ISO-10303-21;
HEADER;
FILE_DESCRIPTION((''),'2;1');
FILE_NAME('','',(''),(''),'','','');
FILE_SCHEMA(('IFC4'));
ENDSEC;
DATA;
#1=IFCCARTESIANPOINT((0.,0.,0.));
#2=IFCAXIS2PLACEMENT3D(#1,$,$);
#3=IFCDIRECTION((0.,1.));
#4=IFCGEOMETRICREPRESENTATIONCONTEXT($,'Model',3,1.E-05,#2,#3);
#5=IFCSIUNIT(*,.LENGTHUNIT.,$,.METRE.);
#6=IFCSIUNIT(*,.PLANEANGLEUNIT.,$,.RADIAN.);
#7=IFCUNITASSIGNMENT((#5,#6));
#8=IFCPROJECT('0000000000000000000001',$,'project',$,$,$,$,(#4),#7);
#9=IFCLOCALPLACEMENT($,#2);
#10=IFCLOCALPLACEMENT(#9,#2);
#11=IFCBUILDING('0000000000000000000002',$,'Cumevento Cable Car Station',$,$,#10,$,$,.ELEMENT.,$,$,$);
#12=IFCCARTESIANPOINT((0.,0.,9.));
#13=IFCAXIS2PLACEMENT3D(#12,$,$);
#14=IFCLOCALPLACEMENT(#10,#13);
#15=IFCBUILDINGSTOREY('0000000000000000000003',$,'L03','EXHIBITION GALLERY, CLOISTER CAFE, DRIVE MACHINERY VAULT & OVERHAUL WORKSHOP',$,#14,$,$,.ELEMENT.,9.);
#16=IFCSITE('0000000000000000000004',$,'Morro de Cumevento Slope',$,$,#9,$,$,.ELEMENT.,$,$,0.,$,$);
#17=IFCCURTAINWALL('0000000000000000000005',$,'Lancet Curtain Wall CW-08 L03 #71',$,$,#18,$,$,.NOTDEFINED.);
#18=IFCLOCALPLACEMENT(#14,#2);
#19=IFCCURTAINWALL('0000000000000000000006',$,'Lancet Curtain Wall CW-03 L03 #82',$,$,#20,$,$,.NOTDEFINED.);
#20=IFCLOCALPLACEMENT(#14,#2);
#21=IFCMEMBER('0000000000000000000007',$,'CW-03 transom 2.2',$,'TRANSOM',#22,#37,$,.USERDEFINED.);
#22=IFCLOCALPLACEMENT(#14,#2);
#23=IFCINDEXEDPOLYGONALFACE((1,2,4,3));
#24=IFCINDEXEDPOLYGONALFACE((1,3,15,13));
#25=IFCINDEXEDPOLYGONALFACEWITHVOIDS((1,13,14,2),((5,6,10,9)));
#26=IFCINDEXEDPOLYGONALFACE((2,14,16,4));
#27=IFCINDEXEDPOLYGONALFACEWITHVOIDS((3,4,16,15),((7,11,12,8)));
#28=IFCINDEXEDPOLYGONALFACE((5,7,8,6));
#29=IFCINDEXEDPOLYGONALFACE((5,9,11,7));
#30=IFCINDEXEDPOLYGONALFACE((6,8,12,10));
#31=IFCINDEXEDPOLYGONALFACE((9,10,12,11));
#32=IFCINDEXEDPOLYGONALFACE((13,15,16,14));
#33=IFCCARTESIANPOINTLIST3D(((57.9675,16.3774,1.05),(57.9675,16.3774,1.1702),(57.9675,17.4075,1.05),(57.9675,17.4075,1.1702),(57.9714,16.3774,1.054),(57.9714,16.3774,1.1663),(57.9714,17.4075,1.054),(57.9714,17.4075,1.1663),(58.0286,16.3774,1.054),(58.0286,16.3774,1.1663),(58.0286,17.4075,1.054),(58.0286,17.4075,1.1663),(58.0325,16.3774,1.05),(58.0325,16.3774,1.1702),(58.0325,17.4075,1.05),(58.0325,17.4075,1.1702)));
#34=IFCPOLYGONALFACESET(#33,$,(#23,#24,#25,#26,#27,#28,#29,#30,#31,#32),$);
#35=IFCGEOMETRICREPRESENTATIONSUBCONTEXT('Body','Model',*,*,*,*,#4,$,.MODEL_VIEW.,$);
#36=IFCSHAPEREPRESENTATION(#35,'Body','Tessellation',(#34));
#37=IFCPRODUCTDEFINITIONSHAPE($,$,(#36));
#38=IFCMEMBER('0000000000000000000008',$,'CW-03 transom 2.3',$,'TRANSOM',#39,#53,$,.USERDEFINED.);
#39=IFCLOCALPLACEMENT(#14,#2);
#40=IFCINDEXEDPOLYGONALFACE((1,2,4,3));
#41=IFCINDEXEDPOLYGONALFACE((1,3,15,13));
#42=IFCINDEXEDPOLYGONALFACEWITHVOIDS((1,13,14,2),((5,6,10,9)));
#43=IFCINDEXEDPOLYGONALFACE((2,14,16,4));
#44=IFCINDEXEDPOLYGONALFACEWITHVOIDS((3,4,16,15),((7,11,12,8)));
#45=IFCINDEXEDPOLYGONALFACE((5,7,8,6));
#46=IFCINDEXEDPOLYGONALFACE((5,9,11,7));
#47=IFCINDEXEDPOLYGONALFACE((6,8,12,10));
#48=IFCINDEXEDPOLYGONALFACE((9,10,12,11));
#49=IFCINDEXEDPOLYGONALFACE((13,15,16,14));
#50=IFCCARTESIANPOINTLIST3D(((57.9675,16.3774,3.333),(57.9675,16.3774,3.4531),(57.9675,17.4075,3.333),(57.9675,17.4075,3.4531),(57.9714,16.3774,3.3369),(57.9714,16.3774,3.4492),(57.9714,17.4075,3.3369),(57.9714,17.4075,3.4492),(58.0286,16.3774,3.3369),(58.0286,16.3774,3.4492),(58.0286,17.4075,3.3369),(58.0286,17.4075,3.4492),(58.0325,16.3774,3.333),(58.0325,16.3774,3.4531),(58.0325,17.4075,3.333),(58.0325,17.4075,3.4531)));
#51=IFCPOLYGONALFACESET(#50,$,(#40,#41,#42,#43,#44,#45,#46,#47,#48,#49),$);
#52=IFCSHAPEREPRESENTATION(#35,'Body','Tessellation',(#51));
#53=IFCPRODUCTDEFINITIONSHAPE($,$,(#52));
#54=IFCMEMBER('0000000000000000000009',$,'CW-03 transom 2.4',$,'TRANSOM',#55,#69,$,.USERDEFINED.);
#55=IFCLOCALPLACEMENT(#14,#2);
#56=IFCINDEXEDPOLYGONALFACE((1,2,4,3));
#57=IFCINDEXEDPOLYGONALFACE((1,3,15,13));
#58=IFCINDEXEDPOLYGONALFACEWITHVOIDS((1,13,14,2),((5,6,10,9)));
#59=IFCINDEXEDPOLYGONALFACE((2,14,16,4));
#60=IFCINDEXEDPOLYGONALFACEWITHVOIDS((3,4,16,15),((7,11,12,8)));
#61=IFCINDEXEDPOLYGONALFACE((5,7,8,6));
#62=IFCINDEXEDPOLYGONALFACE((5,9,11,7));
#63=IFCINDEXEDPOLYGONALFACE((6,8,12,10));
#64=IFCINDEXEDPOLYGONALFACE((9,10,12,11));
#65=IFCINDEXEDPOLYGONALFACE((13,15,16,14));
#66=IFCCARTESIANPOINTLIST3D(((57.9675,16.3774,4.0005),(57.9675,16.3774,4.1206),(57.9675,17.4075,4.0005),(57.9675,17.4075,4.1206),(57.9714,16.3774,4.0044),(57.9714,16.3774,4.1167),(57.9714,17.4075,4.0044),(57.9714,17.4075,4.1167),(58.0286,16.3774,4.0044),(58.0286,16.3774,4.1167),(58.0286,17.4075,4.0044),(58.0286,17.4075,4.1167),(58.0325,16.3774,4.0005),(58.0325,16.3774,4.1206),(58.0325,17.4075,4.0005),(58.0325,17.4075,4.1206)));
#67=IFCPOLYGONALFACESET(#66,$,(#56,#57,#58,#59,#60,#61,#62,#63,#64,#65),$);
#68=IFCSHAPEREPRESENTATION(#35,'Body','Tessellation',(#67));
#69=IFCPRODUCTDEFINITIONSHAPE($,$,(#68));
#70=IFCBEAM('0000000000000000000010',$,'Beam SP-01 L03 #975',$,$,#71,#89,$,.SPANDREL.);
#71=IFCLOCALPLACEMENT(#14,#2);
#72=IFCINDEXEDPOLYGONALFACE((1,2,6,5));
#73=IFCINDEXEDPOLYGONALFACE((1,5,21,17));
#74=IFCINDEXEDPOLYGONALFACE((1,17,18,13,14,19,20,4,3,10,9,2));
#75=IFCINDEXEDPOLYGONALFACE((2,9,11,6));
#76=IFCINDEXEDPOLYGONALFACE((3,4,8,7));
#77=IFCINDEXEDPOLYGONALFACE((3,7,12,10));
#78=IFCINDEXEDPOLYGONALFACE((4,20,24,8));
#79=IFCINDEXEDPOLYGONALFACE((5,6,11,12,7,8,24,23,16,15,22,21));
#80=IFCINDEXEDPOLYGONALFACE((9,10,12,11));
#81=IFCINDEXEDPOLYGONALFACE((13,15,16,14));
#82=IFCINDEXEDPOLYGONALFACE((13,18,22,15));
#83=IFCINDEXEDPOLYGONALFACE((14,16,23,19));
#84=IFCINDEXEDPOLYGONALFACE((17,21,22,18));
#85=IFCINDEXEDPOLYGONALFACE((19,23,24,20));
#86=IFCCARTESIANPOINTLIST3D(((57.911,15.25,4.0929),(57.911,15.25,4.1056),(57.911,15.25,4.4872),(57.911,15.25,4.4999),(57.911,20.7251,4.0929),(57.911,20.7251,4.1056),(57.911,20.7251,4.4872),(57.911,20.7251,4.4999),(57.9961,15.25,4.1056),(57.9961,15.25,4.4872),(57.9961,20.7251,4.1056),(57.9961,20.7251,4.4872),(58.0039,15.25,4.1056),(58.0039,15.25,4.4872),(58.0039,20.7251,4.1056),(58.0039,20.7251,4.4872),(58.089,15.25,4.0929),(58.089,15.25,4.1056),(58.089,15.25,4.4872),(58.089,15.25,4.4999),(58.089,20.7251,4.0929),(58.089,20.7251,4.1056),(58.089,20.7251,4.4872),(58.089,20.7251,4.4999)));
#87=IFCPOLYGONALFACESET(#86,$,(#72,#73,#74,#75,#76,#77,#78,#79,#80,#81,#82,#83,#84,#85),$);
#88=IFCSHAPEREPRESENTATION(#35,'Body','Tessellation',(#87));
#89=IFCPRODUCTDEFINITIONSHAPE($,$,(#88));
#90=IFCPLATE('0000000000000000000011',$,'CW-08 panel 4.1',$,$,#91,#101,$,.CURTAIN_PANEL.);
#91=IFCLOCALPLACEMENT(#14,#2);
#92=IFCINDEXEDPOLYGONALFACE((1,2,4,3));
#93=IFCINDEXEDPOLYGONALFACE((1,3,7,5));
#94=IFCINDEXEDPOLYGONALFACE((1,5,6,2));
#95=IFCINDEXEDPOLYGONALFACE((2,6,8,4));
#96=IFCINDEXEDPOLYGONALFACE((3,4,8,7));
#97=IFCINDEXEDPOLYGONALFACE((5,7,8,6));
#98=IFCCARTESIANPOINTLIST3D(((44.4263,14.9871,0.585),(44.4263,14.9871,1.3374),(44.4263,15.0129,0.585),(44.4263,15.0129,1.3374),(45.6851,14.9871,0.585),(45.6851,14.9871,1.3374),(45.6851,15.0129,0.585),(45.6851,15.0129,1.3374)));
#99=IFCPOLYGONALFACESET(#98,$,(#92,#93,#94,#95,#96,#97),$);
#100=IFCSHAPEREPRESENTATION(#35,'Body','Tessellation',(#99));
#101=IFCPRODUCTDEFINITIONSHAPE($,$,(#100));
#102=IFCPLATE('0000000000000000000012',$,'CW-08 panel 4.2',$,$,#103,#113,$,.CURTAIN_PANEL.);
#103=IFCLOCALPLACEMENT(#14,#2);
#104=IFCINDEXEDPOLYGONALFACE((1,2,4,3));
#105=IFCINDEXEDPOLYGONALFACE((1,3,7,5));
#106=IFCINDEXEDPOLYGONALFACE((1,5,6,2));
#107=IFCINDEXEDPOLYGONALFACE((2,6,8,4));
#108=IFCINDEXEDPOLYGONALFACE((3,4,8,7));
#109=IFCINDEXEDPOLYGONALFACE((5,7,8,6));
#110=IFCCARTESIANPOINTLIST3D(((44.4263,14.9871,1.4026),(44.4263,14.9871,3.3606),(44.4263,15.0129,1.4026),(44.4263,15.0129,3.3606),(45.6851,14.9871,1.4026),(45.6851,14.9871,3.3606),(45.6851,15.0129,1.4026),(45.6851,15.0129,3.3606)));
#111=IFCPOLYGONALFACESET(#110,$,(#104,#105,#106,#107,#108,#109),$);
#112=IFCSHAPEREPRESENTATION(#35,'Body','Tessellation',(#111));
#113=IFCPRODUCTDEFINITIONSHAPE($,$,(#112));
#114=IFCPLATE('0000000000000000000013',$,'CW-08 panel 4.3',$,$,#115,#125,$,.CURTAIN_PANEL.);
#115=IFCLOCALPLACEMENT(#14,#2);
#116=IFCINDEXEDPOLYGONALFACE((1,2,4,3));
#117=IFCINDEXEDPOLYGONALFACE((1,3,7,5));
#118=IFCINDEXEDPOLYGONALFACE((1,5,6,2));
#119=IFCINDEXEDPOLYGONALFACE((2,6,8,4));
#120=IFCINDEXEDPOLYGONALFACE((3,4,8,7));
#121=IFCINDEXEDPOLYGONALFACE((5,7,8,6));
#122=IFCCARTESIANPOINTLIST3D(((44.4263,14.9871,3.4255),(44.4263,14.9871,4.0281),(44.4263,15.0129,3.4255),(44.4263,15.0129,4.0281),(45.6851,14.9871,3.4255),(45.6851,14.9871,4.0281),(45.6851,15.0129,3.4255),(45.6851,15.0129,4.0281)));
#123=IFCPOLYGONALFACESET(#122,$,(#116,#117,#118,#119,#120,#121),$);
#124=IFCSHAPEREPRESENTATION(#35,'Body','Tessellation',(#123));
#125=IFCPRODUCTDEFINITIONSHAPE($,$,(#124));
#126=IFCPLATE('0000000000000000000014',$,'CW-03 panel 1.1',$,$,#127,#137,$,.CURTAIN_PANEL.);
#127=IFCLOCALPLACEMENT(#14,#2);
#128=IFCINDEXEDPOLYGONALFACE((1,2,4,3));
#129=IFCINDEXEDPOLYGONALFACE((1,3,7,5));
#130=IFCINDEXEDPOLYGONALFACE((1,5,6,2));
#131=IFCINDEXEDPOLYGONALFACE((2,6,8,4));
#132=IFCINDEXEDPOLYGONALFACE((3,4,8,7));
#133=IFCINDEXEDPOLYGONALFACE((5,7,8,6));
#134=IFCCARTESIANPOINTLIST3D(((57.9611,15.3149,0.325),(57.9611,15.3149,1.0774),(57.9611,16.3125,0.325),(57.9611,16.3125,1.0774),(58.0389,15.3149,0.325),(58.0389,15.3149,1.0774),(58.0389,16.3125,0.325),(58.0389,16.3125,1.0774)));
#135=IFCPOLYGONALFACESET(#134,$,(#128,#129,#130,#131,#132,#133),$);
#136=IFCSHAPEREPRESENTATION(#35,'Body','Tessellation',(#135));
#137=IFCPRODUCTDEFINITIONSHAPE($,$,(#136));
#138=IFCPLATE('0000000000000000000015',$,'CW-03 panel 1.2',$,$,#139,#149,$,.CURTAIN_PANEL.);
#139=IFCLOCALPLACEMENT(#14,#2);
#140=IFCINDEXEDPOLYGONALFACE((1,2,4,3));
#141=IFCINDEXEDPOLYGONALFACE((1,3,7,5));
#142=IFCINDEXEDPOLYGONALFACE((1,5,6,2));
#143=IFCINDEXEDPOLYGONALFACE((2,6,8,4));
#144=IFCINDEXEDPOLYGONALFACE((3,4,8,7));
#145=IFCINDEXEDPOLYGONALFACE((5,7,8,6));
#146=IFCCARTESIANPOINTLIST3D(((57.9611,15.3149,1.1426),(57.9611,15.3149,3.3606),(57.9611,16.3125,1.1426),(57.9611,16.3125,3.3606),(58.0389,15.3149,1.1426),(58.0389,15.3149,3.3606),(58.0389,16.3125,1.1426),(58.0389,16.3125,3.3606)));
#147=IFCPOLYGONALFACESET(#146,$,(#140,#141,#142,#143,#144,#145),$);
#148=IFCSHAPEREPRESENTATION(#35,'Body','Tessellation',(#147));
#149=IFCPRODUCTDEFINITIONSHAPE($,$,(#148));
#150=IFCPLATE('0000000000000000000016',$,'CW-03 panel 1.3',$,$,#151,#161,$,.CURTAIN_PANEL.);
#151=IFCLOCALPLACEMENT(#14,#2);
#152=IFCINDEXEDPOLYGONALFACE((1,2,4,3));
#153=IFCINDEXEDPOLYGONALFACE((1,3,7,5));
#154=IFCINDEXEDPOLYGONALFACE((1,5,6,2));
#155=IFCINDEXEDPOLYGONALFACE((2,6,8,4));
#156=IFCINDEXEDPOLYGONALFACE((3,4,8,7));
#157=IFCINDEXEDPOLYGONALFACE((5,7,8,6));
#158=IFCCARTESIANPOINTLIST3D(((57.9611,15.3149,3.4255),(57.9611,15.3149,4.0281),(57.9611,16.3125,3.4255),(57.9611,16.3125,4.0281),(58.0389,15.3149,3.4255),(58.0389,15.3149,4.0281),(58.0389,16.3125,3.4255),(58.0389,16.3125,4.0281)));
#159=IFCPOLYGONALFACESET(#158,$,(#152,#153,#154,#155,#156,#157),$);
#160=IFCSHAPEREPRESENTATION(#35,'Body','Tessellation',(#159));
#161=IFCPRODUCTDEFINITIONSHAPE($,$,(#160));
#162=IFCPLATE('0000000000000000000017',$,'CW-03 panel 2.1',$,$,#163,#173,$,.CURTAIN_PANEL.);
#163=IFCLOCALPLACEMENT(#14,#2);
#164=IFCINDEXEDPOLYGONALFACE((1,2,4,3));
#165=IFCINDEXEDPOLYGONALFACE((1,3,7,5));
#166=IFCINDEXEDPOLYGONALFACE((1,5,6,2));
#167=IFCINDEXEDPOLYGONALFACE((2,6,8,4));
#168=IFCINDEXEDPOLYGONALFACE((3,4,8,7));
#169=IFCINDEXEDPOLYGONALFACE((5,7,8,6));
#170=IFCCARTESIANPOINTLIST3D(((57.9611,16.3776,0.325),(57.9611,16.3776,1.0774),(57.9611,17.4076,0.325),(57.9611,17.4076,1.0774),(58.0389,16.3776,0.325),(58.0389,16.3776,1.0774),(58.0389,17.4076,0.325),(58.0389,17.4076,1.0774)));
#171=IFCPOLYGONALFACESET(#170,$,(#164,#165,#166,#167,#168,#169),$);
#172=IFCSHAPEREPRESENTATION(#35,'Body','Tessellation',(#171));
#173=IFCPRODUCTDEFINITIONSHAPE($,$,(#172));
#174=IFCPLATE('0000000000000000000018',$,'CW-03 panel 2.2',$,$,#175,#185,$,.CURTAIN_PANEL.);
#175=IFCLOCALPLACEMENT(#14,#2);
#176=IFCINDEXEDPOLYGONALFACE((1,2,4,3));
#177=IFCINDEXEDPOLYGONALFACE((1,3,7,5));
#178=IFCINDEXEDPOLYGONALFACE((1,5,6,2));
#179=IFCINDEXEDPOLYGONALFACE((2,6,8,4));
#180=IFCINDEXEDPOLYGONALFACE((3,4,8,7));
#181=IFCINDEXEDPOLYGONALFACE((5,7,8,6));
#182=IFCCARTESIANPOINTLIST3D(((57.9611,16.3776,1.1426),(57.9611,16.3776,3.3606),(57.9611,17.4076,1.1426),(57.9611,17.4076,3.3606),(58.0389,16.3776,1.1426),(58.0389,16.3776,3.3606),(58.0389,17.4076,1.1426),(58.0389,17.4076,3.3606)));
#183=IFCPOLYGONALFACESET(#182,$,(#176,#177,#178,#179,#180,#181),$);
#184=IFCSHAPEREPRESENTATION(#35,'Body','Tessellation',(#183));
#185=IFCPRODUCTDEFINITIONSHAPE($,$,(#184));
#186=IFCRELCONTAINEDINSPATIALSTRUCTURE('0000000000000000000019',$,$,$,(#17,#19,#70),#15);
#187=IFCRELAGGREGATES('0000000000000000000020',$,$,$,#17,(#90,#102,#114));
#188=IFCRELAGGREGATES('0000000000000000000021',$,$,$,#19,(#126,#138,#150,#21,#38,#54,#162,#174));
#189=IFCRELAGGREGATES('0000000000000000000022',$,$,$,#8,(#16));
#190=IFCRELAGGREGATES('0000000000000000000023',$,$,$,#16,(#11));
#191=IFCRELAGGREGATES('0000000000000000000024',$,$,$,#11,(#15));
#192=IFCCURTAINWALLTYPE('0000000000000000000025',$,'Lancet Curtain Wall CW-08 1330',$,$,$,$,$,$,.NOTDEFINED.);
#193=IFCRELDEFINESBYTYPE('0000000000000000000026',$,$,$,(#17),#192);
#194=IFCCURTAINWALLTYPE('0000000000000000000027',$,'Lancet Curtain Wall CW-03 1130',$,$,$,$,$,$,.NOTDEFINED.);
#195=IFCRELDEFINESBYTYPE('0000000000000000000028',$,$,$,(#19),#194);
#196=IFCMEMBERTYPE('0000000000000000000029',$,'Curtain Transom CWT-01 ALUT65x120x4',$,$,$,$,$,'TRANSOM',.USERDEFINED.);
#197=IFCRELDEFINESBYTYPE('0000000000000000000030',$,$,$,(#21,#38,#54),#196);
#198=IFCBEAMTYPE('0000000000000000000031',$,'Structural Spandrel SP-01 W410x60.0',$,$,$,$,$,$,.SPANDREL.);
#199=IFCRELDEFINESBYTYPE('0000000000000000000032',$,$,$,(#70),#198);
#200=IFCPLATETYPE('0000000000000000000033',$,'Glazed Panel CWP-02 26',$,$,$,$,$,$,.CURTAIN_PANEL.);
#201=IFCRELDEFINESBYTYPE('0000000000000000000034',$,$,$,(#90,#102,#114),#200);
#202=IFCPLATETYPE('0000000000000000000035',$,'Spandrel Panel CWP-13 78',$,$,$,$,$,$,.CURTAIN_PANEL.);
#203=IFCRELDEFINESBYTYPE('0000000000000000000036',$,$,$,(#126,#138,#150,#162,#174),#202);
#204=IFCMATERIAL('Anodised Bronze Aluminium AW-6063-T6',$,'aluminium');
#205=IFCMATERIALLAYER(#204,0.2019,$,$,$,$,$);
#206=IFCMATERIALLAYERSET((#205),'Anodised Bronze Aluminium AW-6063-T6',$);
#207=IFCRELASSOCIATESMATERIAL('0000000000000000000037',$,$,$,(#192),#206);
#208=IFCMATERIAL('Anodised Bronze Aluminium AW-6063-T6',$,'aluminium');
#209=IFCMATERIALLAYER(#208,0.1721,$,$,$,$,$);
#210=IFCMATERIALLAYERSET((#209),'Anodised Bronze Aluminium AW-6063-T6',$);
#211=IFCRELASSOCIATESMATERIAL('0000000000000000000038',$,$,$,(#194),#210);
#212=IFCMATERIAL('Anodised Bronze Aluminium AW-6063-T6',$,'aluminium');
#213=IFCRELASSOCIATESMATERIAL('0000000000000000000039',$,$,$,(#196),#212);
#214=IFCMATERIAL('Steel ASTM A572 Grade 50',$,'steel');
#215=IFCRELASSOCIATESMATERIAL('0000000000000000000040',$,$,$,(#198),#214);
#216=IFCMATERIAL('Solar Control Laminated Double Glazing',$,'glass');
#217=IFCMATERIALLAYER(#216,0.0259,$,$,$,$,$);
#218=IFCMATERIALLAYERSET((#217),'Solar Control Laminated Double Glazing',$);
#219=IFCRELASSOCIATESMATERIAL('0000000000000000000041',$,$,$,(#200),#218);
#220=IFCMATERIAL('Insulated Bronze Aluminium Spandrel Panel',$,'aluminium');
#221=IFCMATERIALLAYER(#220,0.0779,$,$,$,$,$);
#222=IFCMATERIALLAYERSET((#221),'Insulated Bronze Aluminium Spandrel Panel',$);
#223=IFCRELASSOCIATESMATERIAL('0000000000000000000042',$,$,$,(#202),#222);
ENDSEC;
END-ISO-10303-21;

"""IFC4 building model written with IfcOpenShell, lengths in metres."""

from ifc_helpers import new_model, si_unit, direction, frame, origin, origin_2d, place, context, subcontext, project, spatial, rectangle, hollow_rectangle, i_section, extrude, material, layer, layer_set, material_profile, profile_set, type_object, element, aggregate, save


model = new_model("IFC4")

# Units and contexts
model_context = context("Model", 3, precision=1e-05, world=origin(), true_north=direction((0.0, 1.0)))
body_context = subcontext(model_context, "Body", "Model", "MODEL_VIEW")
ifc_project = project(units=[si_unit("LENGTHUNIT", "METRE"), si_unit("PLANEANGLEUNIT", "RADIAN")], contexts=[model_context])

# Site, building, storey
site_placement = place(None, origin())
site = spatial("IfcSite", under=ifc_project, at=site_placement, Name="Morro de Cumevento Slope", CompositionType="ELEMENT", RefElevation=0.0)
building_placement = place(site_placement, origin())
building = spatial("IfcBuilding", under=site, at=building_placement, Name="Cumevento Cable Car Station", CompositionType="ELEMENT")
storey_placement = place(building_placement, frame((0.0, 0.0, 9.0)))
storey = spatial("IfcBuildingStorey", under=building, at=storey_placement, Name="L03", Description="EXHIBITION GALLERY, CLOISTER CAFE, DRIVE MACHINERY VAULT & OVERHAUL WORKSHOP", CompositionType="ELEMENT", Elevation=9.0)

# Curtain wall
ifc_material_1 = material(Name="Anodised Bronze Aluminium AW-6063-T6", Category="aluminium")
ifc_layer_1 = layer(ifc_material_1, 0.2019)
ifc_layer_set_1 = layer_set([ifc_layer_1], Name="Anodised Bronze Aluminium AW-6063-T6")
curtain_wall_type_1 = type_object("IfcCurtainWallType", Name="Lancet Curtain Wall CW-08 1330", PredefinedType="NOTDEFINED", material=ifc_layer_set_1)
curtain_wall_1_placement = place(storey_placement, origin())
curtain_wall_1 = element("IfcCurtainWall", 1, at=curtain_wall_1_placement, inside=storey, type_object=curtain_wall_type_1, Name="Lancet Curtain Wall CW-08 L03 #71", PredefinedType="NOTDEFINED")

# Curtain wall
ifc_material_2 = material(Name="Anodised Bronze Aluminium AW-6063-T6", Category="aluminium")
ifc_layer_2 = layer(ifc_material_2, 0.1721)
ifc_layer_set_2 = layer_set([ifc_layer_2], Name="Anodised Bronze Aluminium AW-6063-T6")
curtain_wall_type_2 = type_object("IfcCurtainWallType", Name="Lancet Curtain Wall CW-03 1130", PredefinedType="NOTDEFINED", material=ifc_layer_set_2)
curtain_wall_2_placement = place(storey_placement, origin())
curtain_wall_2 = element("IfcCurtainWall", 2, at=curtain_wall_2_placement, inside=storey, type_object=curtain_wall_type_2, Name="Lancet Curtain Wall CW-03 L03 #82", PredefinedType="NOTDEFINED")

# Members
ifc_material_3 = material(Name="Anodised Bronze Aluminium AW-6063-T6", Category="aluminium")
ifc_material_profile_1 = material_profile(ifc_material_3, hollow_rectangle(XDim=0.0649, YDim=0.1201, WallThickness=0.0039, at=origin_2d()), Name="ALUT65x120x4")
ifc_profile_set_1 = profile_set([ifc_material_profile_1], Name="Anodised Bronze Aluminium AW-6063-T6")
member_type_1 = type_object("IfcMemberType", Name="Curtain Transom CWT-01 ALUT65x120x4", ElementType="TRANSOM", PredefinedType="USERDEFINED", material=ifc_profile_set_1)
member_1_placement = place(storey_placement, frame((58.0, 16.3774, 1.1101), z_axis=(0.0, 1.0, 0.0), x_axis=(-1.0, 0.0, 0.0)))
member_1 = element("IfcMember", 3, at=member_1_placement, type_object=member_type_1, Name="CW-03 transom 2.2", ObjectType="TRANSOM", PredefinedType="USERDEFINED", context=body_context, shape_type="SweptSolid", body=[
    extrude(hollow_rectangle(XDim=0.0649, YDim=0.1201, WallThickness=0.0039, at=origin_2d()), origin(), (0.0, 0.0, 1.0), 1.03),
])
member_2_placement = place(storey_placement, frame((58.0, 16.3774, 3.3931), z_axis=(0.0, 1.0, 0.0), x_axis=(-1.0, 0.0, 0.0)))
member_2 = element("IfcMember", 4, at=member_2_placement, type_object=member_type_1, Name="CW-03 transom 2.3", ObjectType="TRANSOM", PredefinedType="USERDEFINED", context=body_context, shape_type="SweptSolid", body=[
    extrude(hollow_rectangle(XDim=0.0649, YDim=0.1201, WallThickness=0.0039, at=origin_2d()), origin(), (0.0, 0.0, 1.0), 1.03),
])
member_3_placement = place(storey_placement, frame((58.0, 16.3774, 4.0605), z_axis=(0.0, 1.0, 0.0), x_axis=(-1.0, 0.0, 0.0)))
member_3 = element("IfcMember", 5, at=member_3_placement, type_object=member_type_1, Name="CW-03 transom 2.4", ObjectType="TRANSOM", PredefinedType="USERDEFINED", context=body_context, shape_type="SweptSolid", body=[
    extrude(hollow_rectangle(XDim=0.0649, YDim=0.1201, WallThickness=0.0039, at=origin_2d()), origin(), (0.0, 0.0, 1.0), 1.03),
])

# Beam
ifc_material_4 = material(Name="Steel ASTM A572 Grade 50", Category="steel")
ifc_material_profile_2 = material_profile(ifc_material_4, i_section(OverallWidth=0.178, OverallDepth=0.407, WebThickness=0.0078, FlangeThickness=0.0127, at=origin_2d()), Name="W410x60.0")
ifc_profile_set_2 = profile_set([ifc_material_profile_2], Name="Steel ASTM A572 Grade 50")
beam_type = type_object("IfcBeamType", Name="Structural Spandrel SP-01 W410x60.0", PredefinedType="SPANDREL", material=ifc_profile_set_2)
beam_placement = place(storey_placement, frame((58.0, 15.25, 4.2964), z_axis=(0.0, 1.0, 0.0), x_axis=(-1.0, 0.0, 0.0)))
element("IfcBeam", 6, at=beam_placement, inside=storey, type_object=beam_type, Name="Beam SP-01 L03 #975", PredefinedType="SPANDREL", context=body_context, shape_type="SweptSolid", body=[
    extrude(i_section(OverallWidth=0.178, OverallDepth=0.407, WebThickness=0.0078, FlangeThickness=0.0127, at=origin_2d()), origin(), (0.0, 0.0, 1.0), 5.4751),
])

# Plates
ifc_material_5 = material(Name="Solar Control Laminated Double Glazing", Category="glass")
ifc_layer_3 = layer(ifc_material_5, 0.0259)
ifc_layer_set_3 = layer_set([ifc_layer_3], Name="Solar Control Laminated Double Glazing")
plate_type_1 = type_object("IfcPlateType", Name="Glazed Panel CWP-02 26", PredefinedType="CURTAIN_PANEL", material=ifc_layer_set_3)
plate_1_placement = place(storey_placement, frame((45.0557, 15.0, 0.585), z_axis=(0.0, 0.0, 1.0), x_axis=(1.0, 0.0, 0.0)))
plate_1 = element("IfcPlate", 7, at=plate_1_placement, type_object=plate_type_1, Name="CW-08 panel 4.1", PredefinedType="CURTAIN_PANEL", context=body_context, shape_type="SweptSolid", body=[
    extrude(rectangle(XDim=1.2588, YDim=0.0259, at=origin_2d()), origin(), (0.0, 0.0, 1.0), 0.7524),
])
plate_2_placement = place(storey_placement, frame((45.0557, 15.0, 1.4026), z_axis=(0.0, 0.0, 1.0), x_axis=(1.0, 0.0, 0.0)))
plate_2 = element("IfcPlate", 8, at=plate_2_placement, type_object=plate_type_1, Name="CW-08 panel 4.2", PredefinedType="CURTAIN_PANEL", context=body_context, shape_type="SweptSolid", body=[
    extrude(rectangle(XDim=1.2588, YDim=0.0259, at=origin_2d()), origin(), (0.0, 0.0, 1.0), 1.958),
])
plate_3_placement = place(storey_placement, frame((45.0557, 15.0, 3.4255), z_axis=(0.0, 0.0, 1.0), x_axis=(1.0, 0.0, 0.0)))
plate_3 = element("IfcPlate", 9, at=plate_3_placement, type_object=plate_type_1, Name="CW-08 panel 4.3", PredefinedType="CURTAIN_PANEL", context=body_context, shape_type="SweptSolid", body=[
    extrude(rectangle(XDim=1.2588, YDim=0.0259, at=origin_2d()), origin(), (0.0, 0.0, 1.0), 0.6025),
])
aggregate(curtain_wall_1, [plate_1, plate_2, plate_3])
ifc_material_6 = material(Name="Insulated Bronze Aluminium Spandrel Panel", Category="aluminium")
ifc_layer_4 = layer(ifc_material_6, 0.0779)
ifc_layer_set_4 = layer_set([ifc_layer_4], Name="Insulated Bronze Aluminium Spandrel Panel")
plate_type_2 = type_object("IfcPlateType", Name="Spandrel Panel CWP-13 78", PredefinedType="CURTAIN_PANEL", material=ifc_layer_set_4)
plate_4_placement = place(storey_placement, frame((58.0, 15.8137, 0.325), z_axis=(0.0, 0.0, 1.0), x_axis=(0.0, 1.0, 0.0)))
plate_4 = element("IfcPlate", 10, at=plate_4_placement, type_object=plate_type_2, Name="CW-03 panel 1.1", PredefinedType="CURTAIN_PANEL", context=body_context, shape_type="SweptSolid", body=[
    extrude(rectangle(XDim=0.9976, YDim=0.0779, at=origin_2d()), origin(), (0.0, 0.0, 1.0), 0.7524),
])
plate_5_placement = place(storey_placement, frame((58.0, 15.8137, 1.1426), z_axis=(0.0, 0.0, 1.0), x_axis=(0.0, 1.0, 0.0)))
plate_5 = element("IfcPlate", 11, at=plate_5_placement, type_object=plate_type_2, Name="CW-03 panel 1.2", PredefinedType="CURTAIN_PANEL", context=body_context, shape_type="SweptSolid", body=[
    extrude(rectangle(XDim=0.9976, YDim=0.0779, at=origin_2d()), origin(), (0.0, 0.0, 1.0), 2.218),
])
plate_6_placement = place(storey_placement, frame((58.0, 15.8137, 3.4255), z_axis=(0.0, 0.0, 1.0), x_axis=(0.0, 1.0, 0.0)))
plate_6 = element("IfcPlate", 12, at=plate_6_placement, type_object=plate_type_2, Name="CW-03 panel 1.3", PredefinedType="CURTAIN_PANEL", context=body_context, shape_type="SweptSolid", body=[
    extrude(rectangle(XDim=0.9976, YDim=0.0779, at=origin_2d()), origin(), (0.0, 0.0, 1.0), 0.6025),
])
plate_7_placement = place(storey_placement, frame((58.0, 16.8926, 0.325), z_axis=(0.0, 0.0, 1.0), x_axis=(0.0, 1.0, 0.0)))
plate_7 = element("IfcPlate", 13, at=plate_7_placement, type_object=plate_type_2, Name="CW-03 panel 2.1", PredefinedType="CURTAIN_PANEL", context=body_context, shape_type="SweptSolid", body=[
    extrude(rectangle(XDim=1.03, YDim=0.0779, at=origin_2d()), origin(), (0.0, 0.0, 1.0), 0.7524),
])
plate_8_placement = place(storey_placement, frame((58.0, 16.8926, 1.1426), z_axis=(0.0, 0.0, 1.0), x_axis=(0.0, 1.0, 0.0)))
plate_8 = element("IfcPlate", 14, at=plate_8_placement, type_object=plate_type_2, Name="CW-03 panel 2.2", PredefinedType="CURTAIN_PANEL", context=body_context, shape_type="SweptSolid", body=[
    extrude(rectangle(XDim=1.03, YDim=0.0779, at=origin_2d()), origin(), (0.0, 0.0, 1.0), 2.218),
])
aggregate(curtain_wall_2, [plate_4, plate_5, plate_6, member_1, member_2, member_3, plate_7, plate_8])

save(model, "model.ifc")
